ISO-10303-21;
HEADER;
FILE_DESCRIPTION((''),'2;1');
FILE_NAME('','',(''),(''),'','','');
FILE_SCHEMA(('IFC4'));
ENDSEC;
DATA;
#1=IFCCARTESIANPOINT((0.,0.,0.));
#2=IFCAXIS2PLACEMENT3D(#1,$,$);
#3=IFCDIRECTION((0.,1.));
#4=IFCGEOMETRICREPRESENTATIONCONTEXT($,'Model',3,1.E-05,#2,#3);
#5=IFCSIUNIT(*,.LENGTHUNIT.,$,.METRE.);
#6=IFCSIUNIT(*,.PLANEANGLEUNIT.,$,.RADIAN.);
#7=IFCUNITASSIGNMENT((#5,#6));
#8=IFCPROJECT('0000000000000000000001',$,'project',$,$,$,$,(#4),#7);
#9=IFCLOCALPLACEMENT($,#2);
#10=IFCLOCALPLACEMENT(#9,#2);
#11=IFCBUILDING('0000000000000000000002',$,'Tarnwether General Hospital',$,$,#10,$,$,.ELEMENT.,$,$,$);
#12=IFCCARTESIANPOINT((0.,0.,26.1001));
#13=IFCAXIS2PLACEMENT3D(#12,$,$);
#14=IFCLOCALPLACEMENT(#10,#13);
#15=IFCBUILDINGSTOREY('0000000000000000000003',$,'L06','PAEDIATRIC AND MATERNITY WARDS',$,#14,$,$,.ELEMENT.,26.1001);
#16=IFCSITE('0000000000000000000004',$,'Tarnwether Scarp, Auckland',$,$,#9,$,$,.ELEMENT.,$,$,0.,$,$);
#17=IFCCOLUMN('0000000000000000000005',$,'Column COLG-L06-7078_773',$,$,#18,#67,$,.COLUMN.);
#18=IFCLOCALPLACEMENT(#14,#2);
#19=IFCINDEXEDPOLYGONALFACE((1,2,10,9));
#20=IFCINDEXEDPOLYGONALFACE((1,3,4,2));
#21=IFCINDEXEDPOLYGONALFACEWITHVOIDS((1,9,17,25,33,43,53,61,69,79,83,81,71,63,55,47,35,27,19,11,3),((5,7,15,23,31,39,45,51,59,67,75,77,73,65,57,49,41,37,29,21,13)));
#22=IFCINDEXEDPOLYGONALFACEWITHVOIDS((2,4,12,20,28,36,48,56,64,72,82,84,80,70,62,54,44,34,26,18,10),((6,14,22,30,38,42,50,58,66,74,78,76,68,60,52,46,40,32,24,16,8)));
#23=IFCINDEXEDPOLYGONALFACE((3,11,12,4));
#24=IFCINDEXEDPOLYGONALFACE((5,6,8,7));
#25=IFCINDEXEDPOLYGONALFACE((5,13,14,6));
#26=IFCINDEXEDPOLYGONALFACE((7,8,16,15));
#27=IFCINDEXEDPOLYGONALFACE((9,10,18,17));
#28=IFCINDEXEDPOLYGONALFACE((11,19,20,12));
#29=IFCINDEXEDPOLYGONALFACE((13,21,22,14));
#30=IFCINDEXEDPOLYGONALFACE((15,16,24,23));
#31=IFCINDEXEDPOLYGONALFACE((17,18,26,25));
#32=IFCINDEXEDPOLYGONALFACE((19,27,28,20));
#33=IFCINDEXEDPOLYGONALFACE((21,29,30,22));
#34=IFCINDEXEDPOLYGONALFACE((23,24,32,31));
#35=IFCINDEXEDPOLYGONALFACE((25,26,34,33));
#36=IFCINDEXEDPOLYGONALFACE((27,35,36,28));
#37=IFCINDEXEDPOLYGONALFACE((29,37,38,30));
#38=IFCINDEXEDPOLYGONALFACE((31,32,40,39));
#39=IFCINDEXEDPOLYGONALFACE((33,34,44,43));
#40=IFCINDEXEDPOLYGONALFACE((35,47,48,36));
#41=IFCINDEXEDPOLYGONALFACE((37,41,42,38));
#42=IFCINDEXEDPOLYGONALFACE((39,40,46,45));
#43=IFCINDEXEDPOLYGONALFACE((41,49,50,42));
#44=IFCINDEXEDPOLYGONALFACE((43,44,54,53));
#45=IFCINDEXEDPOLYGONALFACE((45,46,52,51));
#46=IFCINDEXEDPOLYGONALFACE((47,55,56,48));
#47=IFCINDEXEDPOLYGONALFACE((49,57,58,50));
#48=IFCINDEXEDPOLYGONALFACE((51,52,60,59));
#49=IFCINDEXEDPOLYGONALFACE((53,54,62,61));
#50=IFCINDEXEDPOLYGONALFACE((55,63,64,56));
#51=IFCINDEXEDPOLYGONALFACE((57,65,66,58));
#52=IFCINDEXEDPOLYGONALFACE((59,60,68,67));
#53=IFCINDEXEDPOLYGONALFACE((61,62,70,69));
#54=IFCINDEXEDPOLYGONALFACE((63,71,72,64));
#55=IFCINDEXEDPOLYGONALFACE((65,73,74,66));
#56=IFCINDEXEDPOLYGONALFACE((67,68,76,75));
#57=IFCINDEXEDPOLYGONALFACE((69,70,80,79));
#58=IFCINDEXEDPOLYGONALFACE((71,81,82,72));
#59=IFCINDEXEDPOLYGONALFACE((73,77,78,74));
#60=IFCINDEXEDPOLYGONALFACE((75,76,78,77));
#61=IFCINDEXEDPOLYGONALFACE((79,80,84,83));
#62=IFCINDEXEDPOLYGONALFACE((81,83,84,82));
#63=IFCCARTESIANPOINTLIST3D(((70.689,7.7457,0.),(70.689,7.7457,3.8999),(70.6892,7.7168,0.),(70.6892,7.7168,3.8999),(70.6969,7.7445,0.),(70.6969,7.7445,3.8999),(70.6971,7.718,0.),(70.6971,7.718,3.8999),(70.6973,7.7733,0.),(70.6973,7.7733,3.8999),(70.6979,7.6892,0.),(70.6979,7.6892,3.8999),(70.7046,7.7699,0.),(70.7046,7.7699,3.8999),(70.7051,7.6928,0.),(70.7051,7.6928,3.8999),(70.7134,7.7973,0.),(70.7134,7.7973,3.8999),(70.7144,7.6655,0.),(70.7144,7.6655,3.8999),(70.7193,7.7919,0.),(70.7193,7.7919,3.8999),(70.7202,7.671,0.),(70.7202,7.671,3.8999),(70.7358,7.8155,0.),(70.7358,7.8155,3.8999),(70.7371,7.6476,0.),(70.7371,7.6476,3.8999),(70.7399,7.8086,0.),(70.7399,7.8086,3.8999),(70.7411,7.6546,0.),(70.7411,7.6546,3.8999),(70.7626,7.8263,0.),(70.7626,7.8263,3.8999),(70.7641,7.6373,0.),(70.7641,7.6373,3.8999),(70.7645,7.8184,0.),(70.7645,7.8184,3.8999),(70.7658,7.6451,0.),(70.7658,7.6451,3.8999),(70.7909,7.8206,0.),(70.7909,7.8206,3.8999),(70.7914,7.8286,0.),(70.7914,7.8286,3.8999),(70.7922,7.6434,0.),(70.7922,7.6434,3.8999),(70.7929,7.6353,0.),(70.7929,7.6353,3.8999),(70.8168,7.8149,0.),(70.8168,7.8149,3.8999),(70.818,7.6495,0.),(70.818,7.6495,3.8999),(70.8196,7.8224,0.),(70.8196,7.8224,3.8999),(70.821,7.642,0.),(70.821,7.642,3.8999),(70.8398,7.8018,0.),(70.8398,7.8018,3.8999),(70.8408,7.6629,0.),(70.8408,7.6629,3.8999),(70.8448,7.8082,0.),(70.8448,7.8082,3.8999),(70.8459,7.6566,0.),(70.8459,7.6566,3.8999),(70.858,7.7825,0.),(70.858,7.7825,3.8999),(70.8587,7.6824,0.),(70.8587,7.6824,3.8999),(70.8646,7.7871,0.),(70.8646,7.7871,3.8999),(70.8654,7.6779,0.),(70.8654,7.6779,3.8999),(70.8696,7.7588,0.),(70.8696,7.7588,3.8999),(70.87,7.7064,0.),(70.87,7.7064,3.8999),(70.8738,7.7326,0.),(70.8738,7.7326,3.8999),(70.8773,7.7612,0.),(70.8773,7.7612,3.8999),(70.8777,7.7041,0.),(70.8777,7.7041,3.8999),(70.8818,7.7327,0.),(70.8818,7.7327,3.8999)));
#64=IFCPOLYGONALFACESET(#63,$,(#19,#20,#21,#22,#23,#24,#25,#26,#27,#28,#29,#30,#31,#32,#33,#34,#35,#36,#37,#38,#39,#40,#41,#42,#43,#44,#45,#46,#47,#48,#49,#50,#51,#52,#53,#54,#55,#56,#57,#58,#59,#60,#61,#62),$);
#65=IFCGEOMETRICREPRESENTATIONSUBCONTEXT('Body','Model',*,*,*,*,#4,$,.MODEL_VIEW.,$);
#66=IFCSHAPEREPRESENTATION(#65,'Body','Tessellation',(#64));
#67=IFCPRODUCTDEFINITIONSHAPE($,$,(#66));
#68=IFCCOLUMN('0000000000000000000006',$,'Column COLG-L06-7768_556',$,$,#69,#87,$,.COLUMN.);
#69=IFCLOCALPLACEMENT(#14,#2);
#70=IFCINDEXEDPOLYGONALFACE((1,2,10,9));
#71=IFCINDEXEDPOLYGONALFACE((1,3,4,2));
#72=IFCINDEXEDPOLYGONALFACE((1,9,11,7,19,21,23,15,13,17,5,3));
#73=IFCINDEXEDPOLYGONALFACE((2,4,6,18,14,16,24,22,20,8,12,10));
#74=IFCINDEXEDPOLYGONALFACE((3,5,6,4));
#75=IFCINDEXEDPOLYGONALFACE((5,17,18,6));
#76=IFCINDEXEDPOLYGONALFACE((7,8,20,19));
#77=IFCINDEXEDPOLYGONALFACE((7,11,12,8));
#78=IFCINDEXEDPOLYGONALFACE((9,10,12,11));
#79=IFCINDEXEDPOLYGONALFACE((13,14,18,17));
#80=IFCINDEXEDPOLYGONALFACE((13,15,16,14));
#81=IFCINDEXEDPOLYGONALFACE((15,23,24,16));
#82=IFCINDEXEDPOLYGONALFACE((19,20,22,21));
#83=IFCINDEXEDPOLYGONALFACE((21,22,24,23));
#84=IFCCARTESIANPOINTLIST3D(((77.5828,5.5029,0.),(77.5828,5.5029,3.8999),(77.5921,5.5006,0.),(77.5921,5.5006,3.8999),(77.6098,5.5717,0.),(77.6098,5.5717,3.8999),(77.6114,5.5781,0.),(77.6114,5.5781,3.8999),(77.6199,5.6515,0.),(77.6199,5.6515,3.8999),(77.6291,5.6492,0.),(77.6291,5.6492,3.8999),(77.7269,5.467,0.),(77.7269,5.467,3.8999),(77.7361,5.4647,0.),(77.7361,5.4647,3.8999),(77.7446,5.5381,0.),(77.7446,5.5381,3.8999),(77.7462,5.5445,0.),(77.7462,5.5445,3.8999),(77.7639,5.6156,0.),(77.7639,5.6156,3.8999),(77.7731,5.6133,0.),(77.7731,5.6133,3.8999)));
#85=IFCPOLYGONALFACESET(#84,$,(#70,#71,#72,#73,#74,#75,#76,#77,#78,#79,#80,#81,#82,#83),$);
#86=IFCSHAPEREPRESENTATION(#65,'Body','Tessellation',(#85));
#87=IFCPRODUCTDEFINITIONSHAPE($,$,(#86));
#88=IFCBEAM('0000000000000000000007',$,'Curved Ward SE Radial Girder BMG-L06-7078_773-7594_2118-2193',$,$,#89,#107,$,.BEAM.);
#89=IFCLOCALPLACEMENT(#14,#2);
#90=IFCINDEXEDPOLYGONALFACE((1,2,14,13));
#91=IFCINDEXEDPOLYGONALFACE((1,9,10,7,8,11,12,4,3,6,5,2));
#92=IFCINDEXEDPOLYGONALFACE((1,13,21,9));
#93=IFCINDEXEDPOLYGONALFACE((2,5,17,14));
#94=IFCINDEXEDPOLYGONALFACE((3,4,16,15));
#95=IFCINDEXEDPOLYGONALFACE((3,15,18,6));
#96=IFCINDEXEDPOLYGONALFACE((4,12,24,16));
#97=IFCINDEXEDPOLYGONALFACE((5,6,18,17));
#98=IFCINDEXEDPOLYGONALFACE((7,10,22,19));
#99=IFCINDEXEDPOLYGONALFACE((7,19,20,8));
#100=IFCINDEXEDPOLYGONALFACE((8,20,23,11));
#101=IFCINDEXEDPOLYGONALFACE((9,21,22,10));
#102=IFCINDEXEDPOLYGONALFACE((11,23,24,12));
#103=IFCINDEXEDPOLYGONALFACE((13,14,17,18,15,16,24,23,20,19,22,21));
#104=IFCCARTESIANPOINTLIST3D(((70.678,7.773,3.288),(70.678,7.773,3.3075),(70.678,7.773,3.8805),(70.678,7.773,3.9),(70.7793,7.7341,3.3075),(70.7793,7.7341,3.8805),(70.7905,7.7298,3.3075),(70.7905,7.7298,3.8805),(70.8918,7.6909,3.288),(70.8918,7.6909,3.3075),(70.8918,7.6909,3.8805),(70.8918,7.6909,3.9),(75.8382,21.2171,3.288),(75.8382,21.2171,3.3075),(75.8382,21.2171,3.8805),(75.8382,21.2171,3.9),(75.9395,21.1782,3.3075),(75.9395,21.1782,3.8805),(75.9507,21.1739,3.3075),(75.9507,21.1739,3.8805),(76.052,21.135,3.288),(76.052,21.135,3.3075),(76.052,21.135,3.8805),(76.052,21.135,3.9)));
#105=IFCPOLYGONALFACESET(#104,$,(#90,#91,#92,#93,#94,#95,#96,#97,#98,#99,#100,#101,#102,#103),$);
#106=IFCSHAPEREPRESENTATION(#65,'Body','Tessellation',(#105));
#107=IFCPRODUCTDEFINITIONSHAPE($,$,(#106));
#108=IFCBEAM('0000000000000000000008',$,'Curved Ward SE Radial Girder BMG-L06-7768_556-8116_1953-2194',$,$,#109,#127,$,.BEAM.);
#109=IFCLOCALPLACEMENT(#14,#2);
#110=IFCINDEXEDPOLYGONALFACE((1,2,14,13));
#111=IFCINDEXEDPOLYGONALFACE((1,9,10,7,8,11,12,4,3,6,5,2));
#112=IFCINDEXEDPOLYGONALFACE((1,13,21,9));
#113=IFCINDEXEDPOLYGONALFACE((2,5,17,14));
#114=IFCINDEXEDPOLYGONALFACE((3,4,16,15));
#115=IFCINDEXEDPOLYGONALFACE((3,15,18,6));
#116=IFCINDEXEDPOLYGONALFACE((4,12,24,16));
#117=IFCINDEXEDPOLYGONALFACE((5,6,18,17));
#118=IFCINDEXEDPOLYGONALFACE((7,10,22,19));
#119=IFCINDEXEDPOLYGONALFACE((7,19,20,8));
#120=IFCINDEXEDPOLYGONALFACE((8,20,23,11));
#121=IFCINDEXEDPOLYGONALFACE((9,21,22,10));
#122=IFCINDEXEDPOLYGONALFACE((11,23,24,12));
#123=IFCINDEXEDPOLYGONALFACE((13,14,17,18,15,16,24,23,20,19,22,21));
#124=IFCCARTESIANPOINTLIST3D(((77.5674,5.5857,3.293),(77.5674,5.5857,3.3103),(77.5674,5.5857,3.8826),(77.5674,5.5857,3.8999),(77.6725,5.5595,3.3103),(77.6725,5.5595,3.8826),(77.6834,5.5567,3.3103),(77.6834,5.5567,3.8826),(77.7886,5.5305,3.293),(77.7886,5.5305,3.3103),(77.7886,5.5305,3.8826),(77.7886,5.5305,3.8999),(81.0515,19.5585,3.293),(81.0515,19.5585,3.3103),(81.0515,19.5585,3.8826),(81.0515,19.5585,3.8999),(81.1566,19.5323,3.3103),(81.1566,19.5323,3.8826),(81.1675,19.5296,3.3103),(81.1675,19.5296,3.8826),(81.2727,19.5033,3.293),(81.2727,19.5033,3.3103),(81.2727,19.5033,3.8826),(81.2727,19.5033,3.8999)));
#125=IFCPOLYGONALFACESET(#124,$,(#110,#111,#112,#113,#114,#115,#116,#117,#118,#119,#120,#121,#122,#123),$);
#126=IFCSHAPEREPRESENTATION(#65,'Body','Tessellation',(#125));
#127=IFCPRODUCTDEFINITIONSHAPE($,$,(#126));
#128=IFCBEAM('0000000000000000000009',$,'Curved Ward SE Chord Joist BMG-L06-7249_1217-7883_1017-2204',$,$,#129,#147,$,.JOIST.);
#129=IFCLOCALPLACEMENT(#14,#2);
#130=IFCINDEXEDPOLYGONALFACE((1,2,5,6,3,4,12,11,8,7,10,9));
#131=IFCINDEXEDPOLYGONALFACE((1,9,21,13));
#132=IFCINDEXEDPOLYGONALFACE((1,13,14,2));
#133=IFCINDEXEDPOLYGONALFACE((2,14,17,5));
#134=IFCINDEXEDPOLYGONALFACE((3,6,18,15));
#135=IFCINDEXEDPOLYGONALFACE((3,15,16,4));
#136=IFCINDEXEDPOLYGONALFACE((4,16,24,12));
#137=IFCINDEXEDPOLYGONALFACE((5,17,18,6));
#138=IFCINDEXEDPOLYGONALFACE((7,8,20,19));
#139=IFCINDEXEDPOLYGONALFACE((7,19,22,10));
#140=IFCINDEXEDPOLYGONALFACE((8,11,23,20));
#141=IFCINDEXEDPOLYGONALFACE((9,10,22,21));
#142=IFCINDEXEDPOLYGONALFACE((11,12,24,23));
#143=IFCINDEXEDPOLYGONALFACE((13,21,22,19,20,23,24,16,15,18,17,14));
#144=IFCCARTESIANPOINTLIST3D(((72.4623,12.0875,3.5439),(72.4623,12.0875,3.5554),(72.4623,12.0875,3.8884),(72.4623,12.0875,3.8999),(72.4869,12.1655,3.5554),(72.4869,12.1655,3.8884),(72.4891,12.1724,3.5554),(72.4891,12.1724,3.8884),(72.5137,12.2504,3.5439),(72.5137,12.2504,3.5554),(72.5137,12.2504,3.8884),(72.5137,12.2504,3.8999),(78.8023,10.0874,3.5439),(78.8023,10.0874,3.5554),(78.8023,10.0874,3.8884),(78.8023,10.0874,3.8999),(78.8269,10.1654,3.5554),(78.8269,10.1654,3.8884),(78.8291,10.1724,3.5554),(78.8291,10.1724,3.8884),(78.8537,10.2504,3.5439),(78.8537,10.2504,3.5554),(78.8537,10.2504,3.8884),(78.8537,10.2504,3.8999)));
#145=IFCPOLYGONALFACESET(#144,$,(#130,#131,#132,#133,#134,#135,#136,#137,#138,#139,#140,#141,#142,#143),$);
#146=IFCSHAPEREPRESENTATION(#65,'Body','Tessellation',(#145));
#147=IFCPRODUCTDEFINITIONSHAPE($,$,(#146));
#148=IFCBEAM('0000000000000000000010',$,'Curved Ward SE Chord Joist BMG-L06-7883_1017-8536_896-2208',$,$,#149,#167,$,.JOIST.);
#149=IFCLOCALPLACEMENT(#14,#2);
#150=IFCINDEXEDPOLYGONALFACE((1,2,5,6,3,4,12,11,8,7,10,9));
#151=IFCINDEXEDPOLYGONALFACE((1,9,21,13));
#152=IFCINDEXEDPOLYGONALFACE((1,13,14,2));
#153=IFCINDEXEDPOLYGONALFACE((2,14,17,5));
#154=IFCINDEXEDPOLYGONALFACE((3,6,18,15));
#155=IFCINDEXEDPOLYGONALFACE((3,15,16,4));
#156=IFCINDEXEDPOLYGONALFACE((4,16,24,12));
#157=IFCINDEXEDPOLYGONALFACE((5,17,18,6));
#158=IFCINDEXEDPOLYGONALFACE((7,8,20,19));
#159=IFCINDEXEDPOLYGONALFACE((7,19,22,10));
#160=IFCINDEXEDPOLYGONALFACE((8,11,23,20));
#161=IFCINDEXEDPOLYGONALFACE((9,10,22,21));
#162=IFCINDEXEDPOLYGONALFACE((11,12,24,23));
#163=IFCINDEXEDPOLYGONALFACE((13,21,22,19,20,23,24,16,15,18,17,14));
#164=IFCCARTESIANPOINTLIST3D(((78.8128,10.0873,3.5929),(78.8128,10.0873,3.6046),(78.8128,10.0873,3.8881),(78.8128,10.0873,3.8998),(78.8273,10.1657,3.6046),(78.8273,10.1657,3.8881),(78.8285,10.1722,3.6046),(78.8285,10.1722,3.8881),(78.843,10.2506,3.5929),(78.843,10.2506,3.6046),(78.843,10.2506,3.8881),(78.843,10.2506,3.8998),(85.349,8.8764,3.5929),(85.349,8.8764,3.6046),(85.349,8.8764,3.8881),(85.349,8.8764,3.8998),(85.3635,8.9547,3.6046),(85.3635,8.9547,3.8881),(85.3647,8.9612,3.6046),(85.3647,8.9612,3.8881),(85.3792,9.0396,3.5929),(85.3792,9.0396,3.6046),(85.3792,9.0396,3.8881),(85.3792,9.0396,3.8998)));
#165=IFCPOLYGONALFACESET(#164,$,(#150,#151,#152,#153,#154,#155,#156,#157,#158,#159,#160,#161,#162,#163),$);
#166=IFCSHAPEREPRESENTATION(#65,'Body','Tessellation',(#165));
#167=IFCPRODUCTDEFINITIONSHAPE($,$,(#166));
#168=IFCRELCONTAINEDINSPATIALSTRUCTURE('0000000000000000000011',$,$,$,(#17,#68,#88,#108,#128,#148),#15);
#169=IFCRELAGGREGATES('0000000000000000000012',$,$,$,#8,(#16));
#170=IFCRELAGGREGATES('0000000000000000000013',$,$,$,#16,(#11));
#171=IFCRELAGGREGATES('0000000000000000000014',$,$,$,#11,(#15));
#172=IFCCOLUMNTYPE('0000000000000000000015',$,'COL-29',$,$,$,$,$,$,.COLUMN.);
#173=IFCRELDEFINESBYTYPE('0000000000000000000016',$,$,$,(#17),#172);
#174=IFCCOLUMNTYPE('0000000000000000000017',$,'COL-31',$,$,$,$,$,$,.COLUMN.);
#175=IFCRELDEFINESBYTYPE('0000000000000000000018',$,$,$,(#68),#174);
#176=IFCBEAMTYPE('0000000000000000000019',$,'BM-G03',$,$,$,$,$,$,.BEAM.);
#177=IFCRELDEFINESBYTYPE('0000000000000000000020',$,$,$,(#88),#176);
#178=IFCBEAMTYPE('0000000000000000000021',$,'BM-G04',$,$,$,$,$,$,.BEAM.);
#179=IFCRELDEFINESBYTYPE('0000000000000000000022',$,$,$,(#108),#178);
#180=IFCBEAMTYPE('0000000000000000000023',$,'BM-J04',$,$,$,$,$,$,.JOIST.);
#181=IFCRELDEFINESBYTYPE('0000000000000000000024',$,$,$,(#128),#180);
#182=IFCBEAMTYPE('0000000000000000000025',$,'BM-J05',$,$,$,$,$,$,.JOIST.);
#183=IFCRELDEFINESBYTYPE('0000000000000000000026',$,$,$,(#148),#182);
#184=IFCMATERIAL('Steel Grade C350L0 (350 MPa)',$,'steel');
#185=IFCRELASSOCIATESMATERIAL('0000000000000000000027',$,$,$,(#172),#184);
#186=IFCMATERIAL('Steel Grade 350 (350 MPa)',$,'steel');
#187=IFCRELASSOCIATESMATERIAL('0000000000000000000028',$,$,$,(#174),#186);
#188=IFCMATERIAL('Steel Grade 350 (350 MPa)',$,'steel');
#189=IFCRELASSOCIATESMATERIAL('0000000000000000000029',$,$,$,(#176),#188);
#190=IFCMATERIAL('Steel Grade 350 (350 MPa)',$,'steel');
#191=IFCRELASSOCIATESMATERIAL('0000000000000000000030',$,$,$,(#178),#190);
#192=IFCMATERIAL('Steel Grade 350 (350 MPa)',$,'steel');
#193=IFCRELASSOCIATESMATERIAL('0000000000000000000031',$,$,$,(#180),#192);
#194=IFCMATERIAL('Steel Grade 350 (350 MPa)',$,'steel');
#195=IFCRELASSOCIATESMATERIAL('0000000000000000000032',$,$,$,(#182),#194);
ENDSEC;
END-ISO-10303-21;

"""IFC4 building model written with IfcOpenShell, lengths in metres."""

from ifc_helpers import new_model, si_unit, direction, frame, origin, origin_2d, place, context, subcontext, project, spatial, hollow_circle, i_section, extrude, material, material_profile, profile_set, type_object, element, save


model = new_model("IFC4")

# Units and contexts
model_context = context("Model", 3, precision=1e-05, world=origin(), true_north=direction((0.0, 1.0)))
body_context = subcontext(model_context, "Body", "Model", "MODEL_VIEW")
ifc_project = project(units=[si_unit("LENGTHUNIT", "METRE"), si_unit("PLANEANGLEUNIT", "RADIAN")], contexts=[model_context])

# Site, building, storey
site_placement = place(None, origin())
site = spatial("IfcSite", under=ifc_project, at=site_placement, Name="Tarnwether Scarp, Auckland", CompositionType="ELEMENT", RefElevation=0.0)
building_placement = place(site_placement, origin())
building = spatial("IfcBuilding", under=site, at=building_placement, Name="Tarnwether General Hospital", CompositionType="ELEMENT")
storey_placement = place(building_placement, frame((0.0, 0.0, 26.1001)))
storey = spatial("IfcBuildingStorey", under=building, at=storey_placement, Name="L06", Description="PAEDIATRIC AND MATERNITY WARDS", CompositionType="ELEMENT", Elevation=26.1001)

# Columns
ifc_material_1 = material(Name="Steel Grade C350L0 (350 MPa)", Category="steel")
ifc_material_profile_1 = material_profile(ifc_material_1, hollow_circle(Radius=0.0969, WallThickness=0.0081, at=origin_2d()), Name="CHS193.7x8.0")
ifc_profile_set_1 = profile_set([ifc_material_profile_1], Name="Steel Grade C350L0 (350 MPa)")
column_type_1 = type_object("IfcColumnType", Name="COL-29", PredefinedType="COLUMN", material=ifc_profile_set_1)
column_1_placement = place(storey_placement, frame((70.7849, 7.7319, 0.0), z_axis=(0.0, 0.0, 1.0), x_axis=(0.358368, 0.93358, 0.0)))
element("IfcColumn", 1, at=column_1_placement, inside=storey, type_object=column_type_1, Name="Column COLG-L06-7078_773", PredefinedType="COLUMN", context=body_context, shape_type="SweptSolid", body=[
    extrude(hollow_circle(Radius=0.0969, WallThickness=0.0081, at=origin_2d()), origin(), (0.0, 0.0, 1.0), 3.8999),
])
ifc_material_2 = material(Name="Steel Grade 350 (350 MPa)", Category="steel")
ifc_material_profile_2 = material_profile(ifc_material_2, i_section(OverallWidth=0.1531, OverallDepth=0.158, WebThickness=0.0066, FlangeThickness=0.0095, at=origin_2d()), Name="150UC30.0")
ifc_profile_set_2 = profile_set([ifc_material_profile_2], Name="Steel Grade 350 (350 MPa)")
column_type_2 = type_object("IfcColumnType", Name="COL-31", PredefinedType="COLUMN", material=ifc_profile_set_2)
column_2_placement = place(storey_placement, frame((77.678, 5.5581, 0.0), z_axis=(0.0, 0.0, 1.0), x_axis=(0.241922, 0.970296, 0.0)))
element("IfcColumn", 2, at=column_2_placement, inside=storey, type_object=column_type_2, Name="Column COLG-L06-7768_556", PredefinedType="COLUMN", context=body_context, shape_type="SweptSolid", body=[
    extrude(i_section(OverallWidth=0.1531, OverallDepth=0.158, WebThickness=0.0066, FlangeThickness=0.0095, at=origin_2d()), origin(), (0.0, 0.0, 1.0), 3.8999),
])

# Beams
ifc_material_3 = material(Name="Steel Grade 350 (350 MPa)", Category="steel")
ifc_material_profile_3 = material_profile(ifc_material_3, i_section(OverallWidth=0.229, OverallDepth=0.6121, WebThickness=0.012, FlangeThickness=0.0195, at=origin_2d()), Name="610UB125")
ifc_profile_set_3 = profile_set([ifc_material_profile_3], Name="Steel Grade 350 (350 MPa)")
beam_type_1 = type_object("IfcBeamType", Name="BM-G03", PredefinedType="BEAM", material=ifc_profile_set_3)
beam_1_placement = place(storey_placement, frame((70.7849, 7.7319, 3.594), z_axis=(0.358335, 0.933593, 0.0), x_axis=(-0.933593, 0.358335, 0.0)))
element("IfcBeam", 3, at=beam_1_placement, inside=storey, type_object=beam_type_1, Name="Curved Ward SE Radial Girder BMG-L06-7078_773-7594_2118-2193", PredefinedType="BEAM", context=body_context, shape_type="SweptSolid", body=[
    extrude(i_section(OverallWidth=0.229, OverallDepth=0.6121, WebThickness=0.012, FlangeThickness=0.0195, at=origin_2d()), origin(), (0.0, 0.0, 1.0), 14.4004),
])
ifc_material_4 = material(Name="Steel Grade 350 (350 MPa)", Category="steel")
ifc_material_profile_4 = material_profile(ifc_material_4, i_section(OverallWidth=0.228, OverallDepth=0.6069, WebThickness=0.0112, FlangeThickness=0.0173, at=origin_2d()), Name="610UB113")
ifc_profile_set_4 = profile_set([ifc_material_profile_4], Name="Steel Grade 350 (350 MPa)")
beam_type_2 = type_object("IfcBeamType", Name="BM-G04", PredefinedType="BEAM", material=ifc_profile_set_4)
beam_2_placement = place(storey_placement, frame((77.678, 5.5581, 3.5964), z_axis=(0.241941, 0.970291, 0.0), x_axis=(-0.970291, 0.241941, 0.0)))
element("IfcBeam", 4, at=beam_2_placement, inside=storey, type_object=beam_type_2, Name="Curved Ward SE Radial Girder BMG-L06-7768_556-8116_1953-2194", PredefinedType="BEAM", context=body_context, shape_type="SweptSolid", body=[
    extrude(i_section(OverallWidth=0.228, OverallDepth=0.6069, WebThickness=0.0112, FlangeThickness=0.0173, at=origin_2d()), origin(), (0.0, 0.0, 1.0), 14.4006),
])
ifc_material_5 = material(Name="Steel Grade 350 (350 MPa)", Category="steel")
ifc_material_profile_5 = material_profile(ifc_material_5, i_section(OverallWidth=0.1709, OverallDepth=0.356, WebThickness=0.0073, FlangeThickness=0.0115, at=origin_2d()), Name="360UB50.7")
ifc_profile_set_5 = profile_set([ifc_material_profile_5], Name="Steel Grade 350 (350 MPa)")
beam_type_3 = type_object("IfcBeamType", Name="BM-J04", PredefinedType="JOIST", material=ifc_profile_set_5)
beam_3_placement = place(storey_placement, frame((72.488, 12.1689, 3.7219), z_axis=(0.953671, -0.30085, 0.0), x_axis=(0.30085, 0.953671, 0.0)))
element("IfcBeam", 5, at=beam_3_placement, inside=storey, type_object=beam_type_3, Name="Curved Ward SE Chord Joist BMG-L06-7249_1217-7883_1017-2204", PredefinedType="JOIST", context=body_context, shape_type="SweptSolid", body=[
    extrude(i_section(OverallWidth=0.1709, OverallDepth=0.356, WebThickness=0.0073, FlangeThickness=0.0115, at=origin_2d()), origin(), (0.0, 0.0, 1.0), 6.6479),
])
ifc_material_6 = material(Name="Steel Grade 350 (350 MPa)", Category="steel")
ifc_material_profile_6 = material_profile(ifc_material_6, i_section(OverallWidth=0.166, OverallDepth=0.3069, WebThickness=0.0066, FlangeThickness=0.0117, at=origin_2d()), Name="310UB46.2")
ifc_profile_set_6 = profile_set([ifc_material_profile_6], Name="Steel Grade 350 (350 MPa)")
beam_type_4 = type_object("IfcBeamType", Name="BM-J05", PredefinedType="JOIST", material=ifc_profile_set_6)
beam_4_placement = place(storey_placement, frame((78.8279, 10.1689, 3.7463), z_axis=(0.983267, -0.182168, 0.0), x_axis=(0.182168, 0.983267, 0.0)))
element("IfcBeam", 6, at=beam_4_placement, inside=storey, type_object=beam_type_4, Name="Curved Ward SE Chord Joist BMG-L06-7883_1017-8536_896-2208", PredefinedType="JOIST", context=body_context, shape_type="SweptSolid", body=[
    extrude(i_section(OverallWidth=0.166, OverallDepth=0.3069, WebThickness=0.0066, FlangeThickness=0.0117, at=origin_2d()), origin(), (0.0, 0.0, 1.0), 6.6475),
])

save(model, "model.ifc")
